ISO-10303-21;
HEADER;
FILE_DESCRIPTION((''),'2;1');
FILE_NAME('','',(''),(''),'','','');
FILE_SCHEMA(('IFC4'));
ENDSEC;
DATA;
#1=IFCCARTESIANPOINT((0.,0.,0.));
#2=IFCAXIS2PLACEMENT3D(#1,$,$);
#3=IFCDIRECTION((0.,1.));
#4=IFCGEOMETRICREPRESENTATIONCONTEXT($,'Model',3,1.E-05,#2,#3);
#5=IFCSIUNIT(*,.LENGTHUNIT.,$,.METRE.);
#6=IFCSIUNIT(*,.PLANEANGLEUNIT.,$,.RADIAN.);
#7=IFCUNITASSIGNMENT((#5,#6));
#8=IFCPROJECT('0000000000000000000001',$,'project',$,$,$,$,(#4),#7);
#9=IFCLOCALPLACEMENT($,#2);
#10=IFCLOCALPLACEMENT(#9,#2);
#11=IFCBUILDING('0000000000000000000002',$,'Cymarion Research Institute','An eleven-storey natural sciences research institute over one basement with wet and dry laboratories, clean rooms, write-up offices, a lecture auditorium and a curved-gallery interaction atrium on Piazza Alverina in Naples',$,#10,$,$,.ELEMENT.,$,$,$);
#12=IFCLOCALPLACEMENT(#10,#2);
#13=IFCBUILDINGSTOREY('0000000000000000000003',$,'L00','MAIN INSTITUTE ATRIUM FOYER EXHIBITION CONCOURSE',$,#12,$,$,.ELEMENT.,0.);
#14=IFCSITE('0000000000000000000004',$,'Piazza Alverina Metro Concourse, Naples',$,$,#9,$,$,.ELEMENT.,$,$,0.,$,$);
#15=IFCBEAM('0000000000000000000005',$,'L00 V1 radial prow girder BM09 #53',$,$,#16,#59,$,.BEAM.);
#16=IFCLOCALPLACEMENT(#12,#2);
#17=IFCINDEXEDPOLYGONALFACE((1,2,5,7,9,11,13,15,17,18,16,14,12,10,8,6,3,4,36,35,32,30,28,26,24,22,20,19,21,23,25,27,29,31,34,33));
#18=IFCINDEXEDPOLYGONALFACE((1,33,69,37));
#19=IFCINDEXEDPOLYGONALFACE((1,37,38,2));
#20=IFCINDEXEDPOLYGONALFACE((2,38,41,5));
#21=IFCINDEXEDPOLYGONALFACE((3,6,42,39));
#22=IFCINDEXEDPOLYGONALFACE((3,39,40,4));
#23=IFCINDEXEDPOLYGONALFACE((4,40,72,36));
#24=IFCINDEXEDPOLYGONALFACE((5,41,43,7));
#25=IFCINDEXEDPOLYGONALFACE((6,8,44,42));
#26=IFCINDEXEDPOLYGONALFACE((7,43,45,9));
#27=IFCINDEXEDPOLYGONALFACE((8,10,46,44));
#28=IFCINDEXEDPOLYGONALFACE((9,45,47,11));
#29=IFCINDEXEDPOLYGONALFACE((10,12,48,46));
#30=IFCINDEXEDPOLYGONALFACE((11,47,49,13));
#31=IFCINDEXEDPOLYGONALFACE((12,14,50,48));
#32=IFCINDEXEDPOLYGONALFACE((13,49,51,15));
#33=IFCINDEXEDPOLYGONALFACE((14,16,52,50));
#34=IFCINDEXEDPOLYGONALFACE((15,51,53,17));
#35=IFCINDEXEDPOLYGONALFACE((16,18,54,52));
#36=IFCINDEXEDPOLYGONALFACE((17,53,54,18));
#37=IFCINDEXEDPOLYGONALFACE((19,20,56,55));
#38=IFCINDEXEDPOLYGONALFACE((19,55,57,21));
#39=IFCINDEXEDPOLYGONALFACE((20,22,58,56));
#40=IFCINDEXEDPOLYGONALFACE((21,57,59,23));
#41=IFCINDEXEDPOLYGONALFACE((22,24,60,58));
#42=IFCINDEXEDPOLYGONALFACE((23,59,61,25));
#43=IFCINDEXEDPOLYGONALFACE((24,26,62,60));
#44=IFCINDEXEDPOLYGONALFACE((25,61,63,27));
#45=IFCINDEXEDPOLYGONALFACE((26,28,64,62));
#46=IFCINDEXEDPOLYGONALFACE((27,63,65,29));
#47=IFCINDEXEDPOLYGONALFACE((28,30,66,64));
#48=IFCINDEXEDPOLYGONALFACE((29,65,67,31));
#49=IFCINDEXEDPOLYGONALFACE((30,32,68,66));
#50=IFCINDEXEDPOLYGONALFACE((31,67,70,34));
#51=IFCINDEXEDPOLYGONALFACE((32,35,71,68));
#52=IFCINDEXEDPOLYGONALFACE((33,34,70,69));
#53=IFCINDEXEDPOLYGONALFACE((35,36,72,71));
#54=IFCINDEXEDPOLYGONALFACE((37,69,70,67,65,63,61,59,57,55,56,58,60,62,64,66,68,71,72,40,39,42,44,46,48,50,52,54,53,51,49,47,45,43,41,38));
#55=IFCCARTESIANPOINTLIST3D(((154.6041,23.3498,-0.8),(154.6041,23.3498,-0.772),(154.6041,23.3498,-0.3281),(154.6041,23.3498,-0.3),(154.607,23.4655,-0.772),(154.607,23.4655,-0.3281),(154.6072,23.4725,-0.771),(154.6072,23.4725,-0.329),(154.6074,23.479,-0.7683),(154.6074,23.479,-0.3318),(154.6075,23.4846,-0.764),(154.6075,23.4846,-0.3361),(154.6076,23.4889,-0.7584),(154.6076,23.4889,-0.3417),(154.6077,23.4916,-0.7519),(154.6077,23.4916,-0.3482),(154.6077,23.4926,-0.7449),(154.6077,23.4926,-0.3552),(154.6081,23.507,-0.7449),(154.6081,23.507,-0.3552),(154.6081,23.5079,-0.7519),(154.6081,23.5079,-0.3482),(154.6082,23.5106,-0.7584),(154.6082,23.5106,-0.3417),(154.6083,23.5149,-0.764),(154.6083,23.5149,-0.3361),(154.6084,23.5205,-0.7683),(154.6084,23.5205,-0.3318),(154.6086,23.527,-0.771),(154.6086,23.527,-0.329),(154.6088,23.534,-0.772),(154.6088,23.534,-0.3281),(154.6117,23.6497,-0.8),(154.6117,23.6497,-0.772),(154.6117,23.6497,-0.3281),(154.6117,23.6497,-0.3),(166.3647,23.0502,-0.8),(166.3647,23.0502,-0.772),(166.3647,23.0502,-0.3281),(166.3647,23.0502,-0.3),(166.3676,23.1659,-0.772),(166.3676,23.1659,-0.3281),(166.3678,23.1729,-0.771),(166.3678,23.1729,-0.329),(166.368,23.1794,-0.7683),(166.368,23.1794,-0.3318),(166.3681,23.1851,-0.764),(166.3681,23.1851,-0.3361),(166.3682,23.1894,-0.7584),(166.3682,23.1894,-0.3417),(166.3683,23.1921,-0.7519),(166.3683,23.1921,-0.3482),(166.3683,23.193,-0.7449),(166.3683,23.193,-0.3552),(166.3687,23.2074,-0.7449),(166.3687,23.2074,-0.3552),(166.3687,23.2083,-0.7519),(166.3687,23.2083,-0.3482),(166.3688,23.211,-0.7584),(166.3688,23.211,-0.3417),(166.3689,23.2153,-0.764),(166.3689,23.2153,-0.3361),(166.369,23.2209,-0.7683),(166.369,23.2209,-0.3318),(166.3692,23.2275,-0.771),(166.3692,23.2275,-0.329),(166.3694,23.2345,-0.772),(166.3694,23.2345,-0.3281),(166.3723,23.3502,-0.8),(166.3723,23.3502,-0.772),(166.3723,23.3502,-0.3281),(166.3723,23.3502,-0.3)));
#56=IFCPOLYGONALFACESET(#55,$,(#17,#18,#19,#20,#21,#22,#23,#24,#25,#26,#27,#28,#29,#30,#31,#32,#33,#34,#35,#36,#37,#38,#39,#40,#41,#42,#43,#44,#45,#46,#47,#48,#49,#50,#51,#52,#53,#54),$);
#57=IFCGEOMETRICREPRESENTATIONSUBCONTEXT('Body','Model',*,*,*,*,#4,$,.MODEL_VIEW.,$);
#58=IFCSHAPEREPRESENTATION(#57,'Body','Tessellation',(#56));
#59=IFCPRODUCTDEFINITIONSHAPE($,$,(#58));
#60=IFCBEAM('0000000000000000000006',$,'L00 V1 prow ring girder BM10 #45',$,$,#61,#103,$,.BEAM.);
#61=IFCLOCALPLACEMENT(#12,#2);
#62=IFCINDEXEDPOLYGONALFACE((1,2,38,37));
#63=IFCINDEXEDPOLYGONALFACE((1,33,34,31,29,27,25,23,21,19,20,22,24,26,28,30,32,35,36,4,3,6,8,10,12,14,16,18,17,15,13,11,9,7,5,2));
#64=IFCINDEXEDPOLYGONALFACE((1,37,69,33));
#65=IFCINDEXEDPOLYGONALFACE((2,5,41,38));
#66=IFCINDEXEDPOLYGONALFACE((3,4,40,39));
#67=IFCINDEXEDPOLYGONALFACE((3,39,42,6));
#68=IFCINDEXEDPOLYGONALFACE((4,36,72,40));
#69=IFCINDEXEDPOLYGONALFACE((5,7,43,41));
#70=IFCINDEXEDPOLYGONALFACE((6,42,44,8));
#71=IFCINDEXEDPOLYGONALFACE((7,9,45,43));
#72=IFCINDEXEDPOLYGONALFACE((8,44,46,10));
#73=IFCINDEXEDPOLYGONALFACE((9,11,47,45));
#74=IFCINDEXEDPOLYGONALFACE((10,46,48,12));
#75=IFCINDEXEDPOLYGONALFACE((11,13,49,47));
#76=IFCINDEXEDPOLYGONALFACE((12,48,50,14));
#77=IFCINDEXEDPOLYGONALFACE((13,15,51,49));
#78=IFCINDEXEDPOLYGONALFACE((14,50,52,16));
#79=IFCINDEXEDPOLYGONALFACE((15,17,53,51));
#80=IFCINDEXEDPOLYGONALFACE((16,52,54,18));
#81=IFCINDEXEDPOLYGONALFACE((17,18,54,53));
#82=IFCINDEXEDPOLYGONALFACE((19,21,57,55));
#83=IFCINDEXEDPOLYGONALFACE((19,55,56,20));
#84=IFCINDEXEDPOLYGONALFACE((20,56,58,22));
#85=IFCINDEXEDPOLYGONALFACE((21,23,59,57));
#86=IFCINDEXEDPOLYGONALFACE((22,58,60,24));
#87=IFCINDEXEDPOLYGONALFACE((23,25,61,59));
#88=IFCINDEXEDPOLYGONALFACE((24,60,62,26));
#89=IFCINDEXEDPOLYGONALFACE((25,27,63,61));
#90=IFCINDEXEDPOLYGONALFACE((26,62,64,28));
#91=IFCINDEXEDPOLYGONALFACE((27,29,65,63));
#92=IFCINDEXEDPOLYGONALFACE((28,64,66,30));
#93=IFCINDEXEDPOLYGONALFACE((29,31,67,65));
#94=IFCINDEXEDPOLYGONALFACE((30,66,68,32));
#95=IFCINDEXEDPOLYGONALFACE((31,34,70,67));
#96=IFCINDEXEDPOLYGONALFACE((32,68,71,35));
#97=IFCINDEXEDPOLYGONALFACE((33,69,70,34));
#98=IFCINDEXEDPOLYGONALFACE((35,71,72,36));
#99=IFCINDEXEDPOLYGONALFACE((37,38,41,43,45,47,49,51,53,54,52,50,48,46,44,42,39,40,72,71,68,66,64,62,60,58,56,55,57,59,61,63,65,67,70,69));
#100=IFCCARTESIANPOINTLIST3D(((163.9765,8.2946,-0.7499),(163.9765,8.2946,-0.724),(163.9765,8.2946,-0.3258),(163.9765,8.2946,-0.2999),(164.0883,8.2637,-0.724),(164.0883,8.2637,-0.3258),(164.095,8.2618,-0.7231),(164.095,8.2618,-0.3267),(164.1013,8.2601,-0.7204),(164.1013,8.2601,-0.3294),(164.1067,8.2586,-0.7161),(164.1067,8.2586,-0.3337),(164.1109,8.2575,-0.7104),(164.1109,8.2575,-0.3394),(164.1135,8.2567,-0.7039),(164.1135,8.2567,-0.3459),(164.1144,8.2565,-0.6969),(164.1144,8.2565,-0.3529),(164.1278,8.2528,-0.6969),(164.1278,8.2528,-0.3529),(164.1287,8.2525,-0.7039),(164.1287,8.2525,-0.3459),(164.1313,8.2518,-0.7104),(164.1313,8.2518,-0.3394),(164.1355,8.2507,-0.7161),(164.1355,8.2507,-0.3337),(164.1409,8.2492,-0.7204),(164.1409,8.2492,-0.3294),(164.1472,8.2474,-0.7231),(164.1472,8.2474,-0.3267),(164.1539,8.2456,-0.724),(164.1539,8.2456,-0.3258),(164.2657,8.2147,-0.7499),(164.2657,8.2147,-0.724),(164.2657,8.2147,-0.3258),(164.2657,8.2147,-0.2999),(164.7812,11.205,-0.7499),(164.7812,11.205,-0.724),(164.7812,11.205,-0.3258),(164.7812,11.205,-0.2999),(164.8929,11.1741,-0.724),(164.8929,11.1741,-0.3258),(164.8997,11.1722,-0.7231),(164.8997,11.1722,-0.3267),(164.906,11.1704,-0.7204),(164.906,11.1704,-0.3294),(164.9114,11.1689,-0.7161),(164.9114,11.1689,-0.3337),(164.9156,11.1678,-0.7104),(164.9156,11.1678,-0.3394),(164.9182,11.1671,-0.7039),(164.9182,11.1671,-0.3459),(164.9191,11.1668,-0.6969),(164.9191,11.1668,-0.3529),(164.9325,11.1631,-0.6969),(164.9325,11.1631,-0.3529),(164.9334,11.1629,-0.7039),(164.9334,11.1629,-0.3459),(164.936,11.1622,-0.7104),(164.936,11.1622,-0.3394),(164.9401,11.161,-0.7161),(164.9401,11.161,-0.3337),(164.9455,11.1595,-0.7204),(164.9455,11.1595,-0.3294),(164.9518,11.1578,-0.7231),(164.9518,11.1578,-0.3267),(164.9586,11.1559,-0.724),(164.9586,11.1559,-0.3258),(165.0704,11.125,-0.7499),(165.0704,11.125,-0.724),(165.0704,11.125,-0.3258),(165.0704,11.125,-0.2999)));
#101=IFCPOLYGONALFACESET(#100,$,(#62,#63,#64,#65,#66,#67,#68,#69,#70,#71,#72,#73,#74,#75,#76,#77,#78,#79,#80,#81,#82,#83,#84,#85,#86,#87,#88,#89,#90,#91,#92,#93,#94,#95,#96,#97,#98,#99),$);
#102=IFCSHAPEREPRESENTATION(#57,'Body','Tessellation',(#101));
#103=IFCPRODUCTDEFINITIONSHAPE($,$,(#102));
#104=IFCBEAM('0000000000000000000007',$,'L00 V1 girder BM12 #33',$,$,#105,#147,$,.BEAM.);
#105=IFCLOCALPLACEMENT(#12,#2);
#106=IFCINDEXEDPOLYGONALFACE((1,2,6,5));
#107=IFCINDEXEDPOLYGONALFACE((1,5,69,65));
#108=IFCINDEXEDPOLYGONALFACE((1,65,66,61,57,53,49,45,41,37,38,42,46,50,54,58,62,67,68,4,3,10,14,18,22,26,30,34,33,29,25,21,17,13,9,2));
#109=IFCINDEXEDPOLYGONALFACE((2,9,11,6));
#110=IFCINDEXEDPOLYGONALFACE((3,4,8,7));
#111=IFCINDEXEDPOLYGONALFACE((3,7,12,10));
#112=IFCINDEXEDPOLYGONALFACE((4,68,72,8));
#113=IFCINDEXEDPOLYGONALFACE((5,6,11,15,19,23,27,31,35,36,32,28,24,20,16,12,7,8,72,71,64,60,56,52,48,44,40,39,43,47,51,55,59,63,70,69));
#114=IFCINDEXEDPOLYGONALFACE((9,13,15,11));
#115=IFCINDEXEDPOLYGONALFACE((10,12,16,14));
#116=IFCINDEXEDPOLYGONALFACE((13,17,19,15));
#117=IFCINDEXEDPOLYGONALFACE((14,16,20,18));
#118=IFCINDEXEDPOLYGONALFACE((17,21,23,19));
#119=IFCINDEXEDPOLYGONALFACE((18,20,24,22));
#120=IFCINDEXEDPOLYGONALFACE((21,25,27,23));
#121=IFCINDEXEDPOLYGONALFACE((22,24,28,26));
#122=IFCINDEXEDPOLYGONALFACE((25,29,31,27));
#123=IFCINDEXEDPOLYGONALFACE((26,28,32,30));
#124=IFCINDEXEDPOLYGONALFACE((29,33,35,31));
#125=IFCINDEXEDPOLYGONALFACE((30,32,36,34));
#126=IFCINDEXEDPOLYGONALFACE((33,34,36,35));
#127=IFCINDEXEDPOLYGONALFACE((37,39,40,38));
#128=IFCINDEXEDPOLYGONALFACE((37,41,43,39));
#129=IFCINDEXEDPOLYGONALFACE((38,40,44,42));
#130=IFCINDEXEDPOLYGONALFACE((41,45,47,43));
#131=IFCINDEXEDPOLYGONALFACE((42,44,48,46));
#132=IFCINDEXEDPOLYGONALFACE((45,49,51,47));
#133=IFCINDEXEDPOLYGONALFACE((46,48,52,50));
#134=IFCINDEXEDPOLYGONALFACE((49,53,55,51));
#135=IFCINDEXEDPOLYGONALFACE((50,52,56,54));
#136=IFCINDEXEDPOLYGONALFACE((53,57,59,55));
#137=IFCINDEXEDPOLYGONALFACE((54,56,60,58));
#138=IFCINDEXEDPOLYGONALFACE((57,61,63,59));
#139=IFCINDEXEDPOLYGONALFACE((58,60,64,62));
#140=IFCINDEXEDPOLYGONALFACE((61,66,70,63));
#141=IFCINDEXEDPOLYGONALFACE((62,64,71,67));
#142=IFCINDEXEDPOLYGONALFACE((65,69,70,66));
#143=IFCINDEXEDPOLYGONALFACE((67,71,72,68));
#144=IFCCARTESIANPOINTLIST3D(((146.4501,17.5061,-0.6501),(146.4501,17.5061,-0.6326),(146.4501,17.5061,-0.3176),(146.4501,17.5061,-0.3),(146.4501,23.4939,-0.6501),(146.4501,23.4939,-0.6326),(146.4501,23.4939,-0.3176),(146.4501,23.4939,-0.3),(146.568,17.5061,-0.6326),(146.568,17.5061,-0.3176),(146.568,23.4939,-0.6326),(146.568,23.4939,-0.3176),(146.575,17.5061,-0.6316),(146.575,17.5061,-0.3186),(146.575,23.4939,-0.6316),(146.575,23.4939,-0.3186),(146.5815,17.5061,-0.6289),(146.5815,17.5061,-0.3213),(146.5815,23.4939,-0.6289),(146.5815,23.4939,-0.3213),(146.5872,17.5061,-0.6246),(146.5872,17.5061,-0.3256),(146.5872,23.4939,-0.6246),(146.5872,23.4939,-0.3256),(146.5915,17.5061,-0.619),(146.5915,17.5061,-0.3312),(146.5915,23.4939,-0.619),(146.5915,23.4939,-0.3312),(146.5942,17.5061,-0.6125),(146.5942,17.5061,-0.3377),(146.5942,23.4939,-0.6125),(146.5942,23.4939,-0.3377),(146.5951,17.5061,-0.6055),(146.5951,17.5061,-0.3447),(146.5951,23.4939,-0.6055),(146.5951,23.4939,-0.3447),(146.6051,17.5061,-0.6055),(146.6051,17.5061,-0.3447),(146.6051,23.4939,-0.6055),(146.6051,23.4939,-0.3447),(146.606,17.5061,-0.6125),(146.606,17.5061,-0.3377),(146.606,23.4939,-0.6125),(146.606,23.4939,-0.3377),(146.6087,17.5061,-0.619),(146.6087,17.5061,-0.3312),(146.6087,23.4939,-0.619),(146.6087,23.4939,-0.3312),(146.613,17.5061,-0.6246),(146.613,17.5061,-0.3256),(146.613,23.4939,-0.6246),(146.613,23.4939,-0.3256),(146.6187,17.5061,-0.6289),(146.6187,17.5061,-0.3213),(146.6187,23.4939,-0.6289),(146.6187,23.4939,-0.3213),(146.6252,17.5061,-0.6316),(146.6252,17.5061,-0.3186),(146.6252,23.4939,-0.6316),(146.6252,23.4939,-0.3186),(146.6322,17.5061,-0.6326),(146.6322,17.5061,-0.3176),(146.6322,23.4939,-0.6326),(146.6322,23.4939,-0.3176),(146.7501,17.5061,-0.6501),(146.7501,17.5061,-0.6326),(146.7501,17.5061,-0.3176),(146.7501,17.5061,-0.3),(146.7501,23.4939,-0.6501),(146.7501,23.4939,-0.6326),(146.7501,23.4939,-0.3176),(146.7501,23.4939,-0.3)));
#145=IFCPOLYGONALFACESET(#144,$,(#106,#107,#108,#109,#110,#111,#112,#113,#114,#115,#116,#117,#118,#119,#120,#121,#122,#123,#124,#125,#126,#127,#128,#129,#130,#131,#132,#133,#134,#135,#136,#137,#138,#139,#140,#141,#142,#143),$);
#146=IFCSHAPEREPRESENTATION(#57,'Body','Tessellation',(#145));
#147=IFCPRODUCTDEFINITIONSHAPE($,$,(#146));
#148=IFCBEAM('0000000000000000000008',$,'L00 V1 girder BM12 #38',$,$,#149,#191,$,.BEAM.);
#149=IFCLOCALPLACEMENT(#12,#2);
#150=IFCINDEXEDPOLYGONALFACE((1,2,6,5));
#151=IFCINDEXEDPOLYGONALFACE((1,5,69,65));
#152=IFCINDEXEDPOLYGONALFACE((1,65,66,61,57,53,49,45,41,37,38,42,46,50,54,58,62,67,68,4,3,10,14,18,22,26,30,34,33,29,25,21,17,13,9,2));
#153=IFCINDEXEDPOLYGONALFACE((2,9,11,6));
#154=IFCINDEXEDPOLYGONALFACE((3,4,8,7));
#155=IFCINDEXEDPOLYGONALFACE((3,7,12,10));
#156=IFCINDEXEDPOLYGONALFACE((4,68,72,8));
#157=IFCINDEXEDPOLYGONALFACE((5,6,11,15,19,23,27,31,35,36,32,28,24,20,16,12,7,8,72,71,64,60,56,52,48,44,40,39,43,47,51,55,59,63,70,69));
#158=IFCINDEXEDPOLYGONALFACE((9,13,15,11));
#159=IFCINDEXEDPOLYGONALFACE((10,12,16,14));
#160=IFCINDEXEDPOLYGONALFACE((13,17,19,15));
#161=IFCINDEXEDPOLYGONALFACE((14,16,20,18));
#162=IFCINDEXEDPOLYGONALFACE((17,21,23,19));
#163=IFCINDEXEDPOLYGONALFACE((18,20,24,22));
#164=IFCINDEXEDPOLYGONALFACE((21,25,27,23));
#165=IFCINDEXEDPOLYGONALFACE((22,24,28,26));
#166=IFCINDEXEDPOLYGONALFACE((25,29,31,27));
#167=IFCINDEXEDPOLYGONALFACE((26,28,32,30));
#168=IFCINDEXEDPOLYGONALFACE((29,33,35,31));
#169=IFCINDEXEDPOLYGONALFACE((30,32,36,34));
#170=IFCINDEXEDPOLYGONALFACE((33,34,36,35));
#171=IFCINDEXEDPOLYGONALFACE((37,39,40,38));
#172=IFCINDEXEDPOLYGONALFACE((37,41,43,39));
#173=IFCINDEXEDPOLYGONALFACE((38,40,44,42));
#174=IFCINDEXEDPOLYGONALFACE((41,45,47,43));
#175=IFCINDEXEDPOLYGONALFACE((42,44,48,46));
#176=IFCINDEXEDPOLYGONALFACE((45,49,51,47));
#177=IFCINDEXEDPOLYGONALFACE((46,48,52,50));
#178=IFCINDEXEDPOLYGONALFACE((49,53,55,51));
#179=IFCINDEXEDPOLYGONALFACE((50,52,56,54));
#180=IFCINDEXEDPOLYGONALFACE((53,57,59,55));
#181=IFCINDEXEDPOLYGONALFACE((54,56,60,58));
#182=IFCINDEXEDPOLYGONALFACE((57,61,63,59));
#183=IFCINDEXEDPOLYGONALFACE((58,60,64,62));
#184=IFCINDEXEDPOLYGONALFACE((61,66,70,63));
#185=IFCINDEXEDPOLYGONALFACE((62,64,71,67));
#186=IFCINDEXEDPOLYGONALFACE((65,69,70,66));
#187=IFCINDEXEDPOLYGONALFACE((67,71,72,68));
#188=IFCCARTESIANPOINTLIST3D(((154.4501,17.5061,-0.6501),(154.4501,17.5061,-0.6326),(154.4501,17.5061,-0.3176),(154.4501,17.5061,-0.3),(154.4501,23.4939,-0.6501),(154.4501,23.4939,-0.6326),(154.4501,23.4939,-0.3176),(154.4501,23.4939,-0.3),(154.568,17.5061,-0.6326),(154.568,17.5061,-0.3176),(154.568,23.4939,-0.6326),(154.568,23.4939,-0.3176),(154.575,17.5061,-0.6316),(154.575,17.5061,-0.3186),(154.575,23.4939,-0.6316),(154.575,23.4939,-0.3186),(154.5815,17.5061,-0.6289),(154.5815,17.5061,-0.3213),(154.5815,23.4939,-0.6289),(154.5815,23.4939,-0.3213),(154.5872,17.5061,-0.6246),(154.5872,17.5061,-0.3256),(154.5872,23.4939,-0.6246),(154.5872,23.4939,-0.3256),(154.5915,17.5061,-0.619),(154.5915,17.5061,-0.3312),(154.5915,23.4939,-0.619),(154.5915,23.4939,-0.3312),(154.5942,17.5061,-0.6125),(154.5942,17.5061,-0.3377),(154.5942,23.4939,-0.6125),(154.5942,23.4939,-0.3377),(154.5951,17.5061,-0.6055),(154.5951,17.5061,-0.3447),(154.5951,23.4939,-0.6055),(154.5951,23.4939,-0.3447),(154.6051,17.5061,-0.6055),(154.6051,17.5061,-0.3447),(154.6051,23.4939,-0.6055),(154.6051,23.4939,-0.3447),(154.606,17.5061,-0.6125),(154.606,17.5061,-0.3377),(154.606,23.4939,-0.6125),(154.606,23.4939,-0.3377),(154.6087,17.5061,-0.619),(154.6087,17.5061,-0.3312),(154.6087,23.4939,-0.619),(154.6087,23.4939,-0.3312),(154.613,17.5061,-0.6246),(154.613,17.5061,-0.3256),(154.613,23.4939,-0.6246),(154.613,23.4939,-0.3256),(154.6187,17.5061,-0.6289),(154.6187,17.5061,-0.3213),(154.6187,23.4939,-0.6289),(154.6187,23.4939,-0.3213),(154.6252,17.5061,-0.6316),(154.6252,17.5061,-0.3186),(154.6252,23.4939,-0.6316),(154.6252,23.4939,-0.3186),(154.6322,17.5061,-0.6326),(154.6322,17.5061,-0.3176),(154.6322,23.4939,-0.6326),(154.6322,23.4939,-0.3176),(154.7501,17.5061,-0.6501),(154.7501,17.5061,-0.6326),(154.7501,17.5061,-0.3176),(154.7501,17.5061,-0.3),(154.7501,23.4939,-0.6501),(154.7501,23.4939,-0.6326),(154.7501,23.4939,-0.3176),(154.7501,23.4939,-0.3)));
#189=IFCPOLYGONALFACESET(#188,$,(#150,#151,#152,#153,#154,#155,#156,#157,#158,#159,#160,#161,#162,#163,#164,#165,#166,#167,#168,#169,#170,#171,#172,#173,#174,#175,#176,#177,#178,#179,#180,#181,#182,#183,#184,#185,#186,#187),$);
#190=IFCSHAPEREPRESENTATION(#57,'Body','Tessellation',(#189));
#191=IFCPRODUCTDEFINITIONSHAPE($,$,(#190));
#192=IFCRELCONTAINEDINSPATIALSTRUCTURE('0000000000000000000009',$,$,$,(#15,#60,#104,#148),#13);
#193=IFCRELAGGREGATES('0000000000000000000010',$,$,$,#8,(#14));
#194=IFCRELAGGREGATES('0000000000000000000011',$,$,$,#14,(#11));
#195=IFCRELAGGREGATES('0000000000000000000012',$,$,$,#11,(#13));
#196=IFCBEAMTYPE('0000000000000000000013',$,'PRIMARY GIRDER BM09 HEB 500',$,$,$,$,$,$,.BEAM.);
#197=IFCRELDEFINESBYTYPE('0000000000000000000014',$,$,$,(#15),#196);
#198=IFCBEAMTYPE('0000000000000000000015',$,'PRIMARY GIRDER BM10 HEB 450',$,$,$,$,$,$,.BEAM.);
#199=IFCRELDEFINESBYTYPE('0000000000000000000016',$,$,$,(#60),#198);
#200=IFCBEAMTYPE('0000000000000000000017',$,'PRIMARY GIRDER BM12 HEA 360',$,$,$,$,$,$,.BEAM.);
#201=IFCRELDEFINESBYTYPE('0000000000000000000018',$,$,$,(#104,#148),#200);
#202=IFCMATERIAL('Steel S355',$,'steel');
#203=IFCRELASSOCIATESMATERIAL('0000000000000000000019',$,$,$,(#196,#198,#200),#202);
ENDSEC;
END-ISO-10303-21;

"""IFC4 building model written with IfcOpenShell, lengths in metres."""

from ifc_helpers import new_model, si_unit, direction, frame, origin, origin_2d, place, context, subcontext, project, spatial, i_section, extrude, material, material_profile, profile_set, type_object, element, save


model = new_model("IFC4")

# Units and contexts
model_context = context("Model", 3, precision=1e-05, world=origin(), true_north=direction((0.0, 1.0)))
body_context = subcontext(model_context, "Body", "Model", "MODEL_VIEW")
ifc_project = project(units=[si_unit("LENGTHUNIT", "METRE"), si_unit("PLANEANGLEUNIT", "RADIAN")], contexts=[model_context])

# Site, building, storey
site_placement = place(None, origin())
site = spatial("IfcSite", under=ifc_project, at=site_placement, Name="Piazza Alverina Metro Concourse, Naples", CompositionType="ELEMENT", RefElevation=0.0)
building_placement = place(site_placement, origin())
building = spatial("IfcBuilding", under=site, at=building_placement, Name="Cymarion Research Institute", Description="An eleven-storey natural sciences research institute over one basement with wet and dry laboratories, clean rooms, write-up offices, a lecture auditorium and a curved-gallery interaction atrium on Piazza Alverina in Naples", CompositionType="ELEMENT")
storey_placement = place(building_placement, origin())
storey = spatial("IfcBuildingStorey", under=building, at=storey_placement, Name="L00", Description="MAIN INSTITUTE ATRIUM FOYER EXHIBITION CONCOURSE", CompositionType="ELEMENT", Elevation=0.0)

# Shared definitions
ifc_material_1 = material(Name="Steel S355", Category="steel")

# Beams
ifc_material_profile_1 = material_profile(ifc_material_1, i_section(OverallWidth=0.3, OverallDepth=0.5, WebThickness=0.0144, FlangeThickness=0.0281, FilletRadius=0.0271, at=origin_2d()), Name="HEB 500")
ifc_profile_set_1 = profile_set([ifc_material_profile_1], Name="Steel S355")
beam_type_1 = type_object("IfcBeamType", Name="PRIMARY GIRDER BM09 HEB 500", PredefinedType="BEAM", material=ifc_profile_set_1)
beam_1_placement = place(storey_placement, frame((154.6079, 23.4998, -0.55), z_axis=(0.999676, -0.025463, 0.0), x_axis=(0.025463, 0.999676, 0.0)))
element("IfcBeam", 1, at=beam_1_placement, inside=storey, type_object=beam_type_1, Name="L00 V1 radial prow girder BM09 #53", PredefinedType="BEAM", context=body_context, shape_type="SweptSolid", body=[
    extrude(i_section(OverallWidth=0.3, OverallDepth=0.5, WebThickness=0.0144, FlangeThickness=0.0281, FilletRadius=0.0271, at=origin_2d()), origin(), (0.0, 0.0, 1.0), 11.7644),
])
ifc_material_profile_2 = material_profile(ifc_material_1, i_section(OverallWidth=0.3, OverallDepth=0.45, WebThickness=0.0139, FlangeThickness=0.0259, FilletRadius=0.0271, at=origin_2d()), Name="HEB 450")
ifc_profile_set_2 = profile_set([ifc_material_profile_2], Name="Steel S355")
beam_type_2 = type_object("IfcBeamType", Name="PRIMARY GIRDER BM10 HEB 450", PredefinedType="BEAM", material=ifc_profile_set_2)
beam_2_placement = place(storey_placement, frame((164.1211, 8.2546, -0.5249), z_axis=(0.266489, 0.963838, 0.0), x_axis=(-0.963838, 0.266489, 0.0)))
element("IfcBeam", 2, at=beam_2_placement, inside=storey, type_object=beam_type_2, Name="L00 V1 prow ring girder BM10 #45", PredefinedType="BEAM", context=body_context, shape_type="SweptSolid", body=[
    extrude(i_section(OverallWidth=0.3, OverallDepth=0.45, WebThickness=0.0139, FlangeThickness=0.0259, FilletRadius=0.0271, at=origin_2d()), origin(), (0.0, 0.0, 1.0), 3.0195),
])
ifc_material_profile_3 = material_profile(ifc_material_1, i_section(OverallWidth=0.3, OverallDepth=0.3501, WebThickness=0.01, FlangeThickness=0.0176, FilletRadius=0.0271, at=origin_2d()), Name="HEA 360")
ifc_profile_set_3 = profile_set([ifc_material_profile_3], Name="Steel S355")
beam_type_3 = type_object("IfcBeamType", Name="PRIMARY GIRDER BM12 HEA 360", PredefinedType="BEAM", material=ifc_profile_set_3)
for number, where, z_axis, x_axis, name in (
    (3, (146.6001, 17.5061, -0.4751), (0.0, 1.0, 0.0), (-1.0, 0.0, 0.0), "L00 V1 girder BM12 #33"),
    (4, (154.6001, 17.5061, -0.4751), (0.0, 1.0, 0.0), (-1.0, 0.0, 0.0), "L00 V1 girder BM12 #38"),
):
    element("IfcBeam", number, at=place(storey_placement, frame(where, z_axis=z_axis, x_axis=x_axis)), inside=storey, type_object=beam_type_3, Name=name, PredefinedType="BEAM", context=body_context, shape_type="SweptSolid", body=[
        extrude(i_section(OverallWidth=0.3, OverallDepth=0.3501, WebThickness=0.01, FlangeThickness=0.0176, FilletRadius=0.0271, at=origin_2d()), origin(), (0.0, 0.0, 1.0), 5.9878),
    ])

save(model, "model.ifc")
